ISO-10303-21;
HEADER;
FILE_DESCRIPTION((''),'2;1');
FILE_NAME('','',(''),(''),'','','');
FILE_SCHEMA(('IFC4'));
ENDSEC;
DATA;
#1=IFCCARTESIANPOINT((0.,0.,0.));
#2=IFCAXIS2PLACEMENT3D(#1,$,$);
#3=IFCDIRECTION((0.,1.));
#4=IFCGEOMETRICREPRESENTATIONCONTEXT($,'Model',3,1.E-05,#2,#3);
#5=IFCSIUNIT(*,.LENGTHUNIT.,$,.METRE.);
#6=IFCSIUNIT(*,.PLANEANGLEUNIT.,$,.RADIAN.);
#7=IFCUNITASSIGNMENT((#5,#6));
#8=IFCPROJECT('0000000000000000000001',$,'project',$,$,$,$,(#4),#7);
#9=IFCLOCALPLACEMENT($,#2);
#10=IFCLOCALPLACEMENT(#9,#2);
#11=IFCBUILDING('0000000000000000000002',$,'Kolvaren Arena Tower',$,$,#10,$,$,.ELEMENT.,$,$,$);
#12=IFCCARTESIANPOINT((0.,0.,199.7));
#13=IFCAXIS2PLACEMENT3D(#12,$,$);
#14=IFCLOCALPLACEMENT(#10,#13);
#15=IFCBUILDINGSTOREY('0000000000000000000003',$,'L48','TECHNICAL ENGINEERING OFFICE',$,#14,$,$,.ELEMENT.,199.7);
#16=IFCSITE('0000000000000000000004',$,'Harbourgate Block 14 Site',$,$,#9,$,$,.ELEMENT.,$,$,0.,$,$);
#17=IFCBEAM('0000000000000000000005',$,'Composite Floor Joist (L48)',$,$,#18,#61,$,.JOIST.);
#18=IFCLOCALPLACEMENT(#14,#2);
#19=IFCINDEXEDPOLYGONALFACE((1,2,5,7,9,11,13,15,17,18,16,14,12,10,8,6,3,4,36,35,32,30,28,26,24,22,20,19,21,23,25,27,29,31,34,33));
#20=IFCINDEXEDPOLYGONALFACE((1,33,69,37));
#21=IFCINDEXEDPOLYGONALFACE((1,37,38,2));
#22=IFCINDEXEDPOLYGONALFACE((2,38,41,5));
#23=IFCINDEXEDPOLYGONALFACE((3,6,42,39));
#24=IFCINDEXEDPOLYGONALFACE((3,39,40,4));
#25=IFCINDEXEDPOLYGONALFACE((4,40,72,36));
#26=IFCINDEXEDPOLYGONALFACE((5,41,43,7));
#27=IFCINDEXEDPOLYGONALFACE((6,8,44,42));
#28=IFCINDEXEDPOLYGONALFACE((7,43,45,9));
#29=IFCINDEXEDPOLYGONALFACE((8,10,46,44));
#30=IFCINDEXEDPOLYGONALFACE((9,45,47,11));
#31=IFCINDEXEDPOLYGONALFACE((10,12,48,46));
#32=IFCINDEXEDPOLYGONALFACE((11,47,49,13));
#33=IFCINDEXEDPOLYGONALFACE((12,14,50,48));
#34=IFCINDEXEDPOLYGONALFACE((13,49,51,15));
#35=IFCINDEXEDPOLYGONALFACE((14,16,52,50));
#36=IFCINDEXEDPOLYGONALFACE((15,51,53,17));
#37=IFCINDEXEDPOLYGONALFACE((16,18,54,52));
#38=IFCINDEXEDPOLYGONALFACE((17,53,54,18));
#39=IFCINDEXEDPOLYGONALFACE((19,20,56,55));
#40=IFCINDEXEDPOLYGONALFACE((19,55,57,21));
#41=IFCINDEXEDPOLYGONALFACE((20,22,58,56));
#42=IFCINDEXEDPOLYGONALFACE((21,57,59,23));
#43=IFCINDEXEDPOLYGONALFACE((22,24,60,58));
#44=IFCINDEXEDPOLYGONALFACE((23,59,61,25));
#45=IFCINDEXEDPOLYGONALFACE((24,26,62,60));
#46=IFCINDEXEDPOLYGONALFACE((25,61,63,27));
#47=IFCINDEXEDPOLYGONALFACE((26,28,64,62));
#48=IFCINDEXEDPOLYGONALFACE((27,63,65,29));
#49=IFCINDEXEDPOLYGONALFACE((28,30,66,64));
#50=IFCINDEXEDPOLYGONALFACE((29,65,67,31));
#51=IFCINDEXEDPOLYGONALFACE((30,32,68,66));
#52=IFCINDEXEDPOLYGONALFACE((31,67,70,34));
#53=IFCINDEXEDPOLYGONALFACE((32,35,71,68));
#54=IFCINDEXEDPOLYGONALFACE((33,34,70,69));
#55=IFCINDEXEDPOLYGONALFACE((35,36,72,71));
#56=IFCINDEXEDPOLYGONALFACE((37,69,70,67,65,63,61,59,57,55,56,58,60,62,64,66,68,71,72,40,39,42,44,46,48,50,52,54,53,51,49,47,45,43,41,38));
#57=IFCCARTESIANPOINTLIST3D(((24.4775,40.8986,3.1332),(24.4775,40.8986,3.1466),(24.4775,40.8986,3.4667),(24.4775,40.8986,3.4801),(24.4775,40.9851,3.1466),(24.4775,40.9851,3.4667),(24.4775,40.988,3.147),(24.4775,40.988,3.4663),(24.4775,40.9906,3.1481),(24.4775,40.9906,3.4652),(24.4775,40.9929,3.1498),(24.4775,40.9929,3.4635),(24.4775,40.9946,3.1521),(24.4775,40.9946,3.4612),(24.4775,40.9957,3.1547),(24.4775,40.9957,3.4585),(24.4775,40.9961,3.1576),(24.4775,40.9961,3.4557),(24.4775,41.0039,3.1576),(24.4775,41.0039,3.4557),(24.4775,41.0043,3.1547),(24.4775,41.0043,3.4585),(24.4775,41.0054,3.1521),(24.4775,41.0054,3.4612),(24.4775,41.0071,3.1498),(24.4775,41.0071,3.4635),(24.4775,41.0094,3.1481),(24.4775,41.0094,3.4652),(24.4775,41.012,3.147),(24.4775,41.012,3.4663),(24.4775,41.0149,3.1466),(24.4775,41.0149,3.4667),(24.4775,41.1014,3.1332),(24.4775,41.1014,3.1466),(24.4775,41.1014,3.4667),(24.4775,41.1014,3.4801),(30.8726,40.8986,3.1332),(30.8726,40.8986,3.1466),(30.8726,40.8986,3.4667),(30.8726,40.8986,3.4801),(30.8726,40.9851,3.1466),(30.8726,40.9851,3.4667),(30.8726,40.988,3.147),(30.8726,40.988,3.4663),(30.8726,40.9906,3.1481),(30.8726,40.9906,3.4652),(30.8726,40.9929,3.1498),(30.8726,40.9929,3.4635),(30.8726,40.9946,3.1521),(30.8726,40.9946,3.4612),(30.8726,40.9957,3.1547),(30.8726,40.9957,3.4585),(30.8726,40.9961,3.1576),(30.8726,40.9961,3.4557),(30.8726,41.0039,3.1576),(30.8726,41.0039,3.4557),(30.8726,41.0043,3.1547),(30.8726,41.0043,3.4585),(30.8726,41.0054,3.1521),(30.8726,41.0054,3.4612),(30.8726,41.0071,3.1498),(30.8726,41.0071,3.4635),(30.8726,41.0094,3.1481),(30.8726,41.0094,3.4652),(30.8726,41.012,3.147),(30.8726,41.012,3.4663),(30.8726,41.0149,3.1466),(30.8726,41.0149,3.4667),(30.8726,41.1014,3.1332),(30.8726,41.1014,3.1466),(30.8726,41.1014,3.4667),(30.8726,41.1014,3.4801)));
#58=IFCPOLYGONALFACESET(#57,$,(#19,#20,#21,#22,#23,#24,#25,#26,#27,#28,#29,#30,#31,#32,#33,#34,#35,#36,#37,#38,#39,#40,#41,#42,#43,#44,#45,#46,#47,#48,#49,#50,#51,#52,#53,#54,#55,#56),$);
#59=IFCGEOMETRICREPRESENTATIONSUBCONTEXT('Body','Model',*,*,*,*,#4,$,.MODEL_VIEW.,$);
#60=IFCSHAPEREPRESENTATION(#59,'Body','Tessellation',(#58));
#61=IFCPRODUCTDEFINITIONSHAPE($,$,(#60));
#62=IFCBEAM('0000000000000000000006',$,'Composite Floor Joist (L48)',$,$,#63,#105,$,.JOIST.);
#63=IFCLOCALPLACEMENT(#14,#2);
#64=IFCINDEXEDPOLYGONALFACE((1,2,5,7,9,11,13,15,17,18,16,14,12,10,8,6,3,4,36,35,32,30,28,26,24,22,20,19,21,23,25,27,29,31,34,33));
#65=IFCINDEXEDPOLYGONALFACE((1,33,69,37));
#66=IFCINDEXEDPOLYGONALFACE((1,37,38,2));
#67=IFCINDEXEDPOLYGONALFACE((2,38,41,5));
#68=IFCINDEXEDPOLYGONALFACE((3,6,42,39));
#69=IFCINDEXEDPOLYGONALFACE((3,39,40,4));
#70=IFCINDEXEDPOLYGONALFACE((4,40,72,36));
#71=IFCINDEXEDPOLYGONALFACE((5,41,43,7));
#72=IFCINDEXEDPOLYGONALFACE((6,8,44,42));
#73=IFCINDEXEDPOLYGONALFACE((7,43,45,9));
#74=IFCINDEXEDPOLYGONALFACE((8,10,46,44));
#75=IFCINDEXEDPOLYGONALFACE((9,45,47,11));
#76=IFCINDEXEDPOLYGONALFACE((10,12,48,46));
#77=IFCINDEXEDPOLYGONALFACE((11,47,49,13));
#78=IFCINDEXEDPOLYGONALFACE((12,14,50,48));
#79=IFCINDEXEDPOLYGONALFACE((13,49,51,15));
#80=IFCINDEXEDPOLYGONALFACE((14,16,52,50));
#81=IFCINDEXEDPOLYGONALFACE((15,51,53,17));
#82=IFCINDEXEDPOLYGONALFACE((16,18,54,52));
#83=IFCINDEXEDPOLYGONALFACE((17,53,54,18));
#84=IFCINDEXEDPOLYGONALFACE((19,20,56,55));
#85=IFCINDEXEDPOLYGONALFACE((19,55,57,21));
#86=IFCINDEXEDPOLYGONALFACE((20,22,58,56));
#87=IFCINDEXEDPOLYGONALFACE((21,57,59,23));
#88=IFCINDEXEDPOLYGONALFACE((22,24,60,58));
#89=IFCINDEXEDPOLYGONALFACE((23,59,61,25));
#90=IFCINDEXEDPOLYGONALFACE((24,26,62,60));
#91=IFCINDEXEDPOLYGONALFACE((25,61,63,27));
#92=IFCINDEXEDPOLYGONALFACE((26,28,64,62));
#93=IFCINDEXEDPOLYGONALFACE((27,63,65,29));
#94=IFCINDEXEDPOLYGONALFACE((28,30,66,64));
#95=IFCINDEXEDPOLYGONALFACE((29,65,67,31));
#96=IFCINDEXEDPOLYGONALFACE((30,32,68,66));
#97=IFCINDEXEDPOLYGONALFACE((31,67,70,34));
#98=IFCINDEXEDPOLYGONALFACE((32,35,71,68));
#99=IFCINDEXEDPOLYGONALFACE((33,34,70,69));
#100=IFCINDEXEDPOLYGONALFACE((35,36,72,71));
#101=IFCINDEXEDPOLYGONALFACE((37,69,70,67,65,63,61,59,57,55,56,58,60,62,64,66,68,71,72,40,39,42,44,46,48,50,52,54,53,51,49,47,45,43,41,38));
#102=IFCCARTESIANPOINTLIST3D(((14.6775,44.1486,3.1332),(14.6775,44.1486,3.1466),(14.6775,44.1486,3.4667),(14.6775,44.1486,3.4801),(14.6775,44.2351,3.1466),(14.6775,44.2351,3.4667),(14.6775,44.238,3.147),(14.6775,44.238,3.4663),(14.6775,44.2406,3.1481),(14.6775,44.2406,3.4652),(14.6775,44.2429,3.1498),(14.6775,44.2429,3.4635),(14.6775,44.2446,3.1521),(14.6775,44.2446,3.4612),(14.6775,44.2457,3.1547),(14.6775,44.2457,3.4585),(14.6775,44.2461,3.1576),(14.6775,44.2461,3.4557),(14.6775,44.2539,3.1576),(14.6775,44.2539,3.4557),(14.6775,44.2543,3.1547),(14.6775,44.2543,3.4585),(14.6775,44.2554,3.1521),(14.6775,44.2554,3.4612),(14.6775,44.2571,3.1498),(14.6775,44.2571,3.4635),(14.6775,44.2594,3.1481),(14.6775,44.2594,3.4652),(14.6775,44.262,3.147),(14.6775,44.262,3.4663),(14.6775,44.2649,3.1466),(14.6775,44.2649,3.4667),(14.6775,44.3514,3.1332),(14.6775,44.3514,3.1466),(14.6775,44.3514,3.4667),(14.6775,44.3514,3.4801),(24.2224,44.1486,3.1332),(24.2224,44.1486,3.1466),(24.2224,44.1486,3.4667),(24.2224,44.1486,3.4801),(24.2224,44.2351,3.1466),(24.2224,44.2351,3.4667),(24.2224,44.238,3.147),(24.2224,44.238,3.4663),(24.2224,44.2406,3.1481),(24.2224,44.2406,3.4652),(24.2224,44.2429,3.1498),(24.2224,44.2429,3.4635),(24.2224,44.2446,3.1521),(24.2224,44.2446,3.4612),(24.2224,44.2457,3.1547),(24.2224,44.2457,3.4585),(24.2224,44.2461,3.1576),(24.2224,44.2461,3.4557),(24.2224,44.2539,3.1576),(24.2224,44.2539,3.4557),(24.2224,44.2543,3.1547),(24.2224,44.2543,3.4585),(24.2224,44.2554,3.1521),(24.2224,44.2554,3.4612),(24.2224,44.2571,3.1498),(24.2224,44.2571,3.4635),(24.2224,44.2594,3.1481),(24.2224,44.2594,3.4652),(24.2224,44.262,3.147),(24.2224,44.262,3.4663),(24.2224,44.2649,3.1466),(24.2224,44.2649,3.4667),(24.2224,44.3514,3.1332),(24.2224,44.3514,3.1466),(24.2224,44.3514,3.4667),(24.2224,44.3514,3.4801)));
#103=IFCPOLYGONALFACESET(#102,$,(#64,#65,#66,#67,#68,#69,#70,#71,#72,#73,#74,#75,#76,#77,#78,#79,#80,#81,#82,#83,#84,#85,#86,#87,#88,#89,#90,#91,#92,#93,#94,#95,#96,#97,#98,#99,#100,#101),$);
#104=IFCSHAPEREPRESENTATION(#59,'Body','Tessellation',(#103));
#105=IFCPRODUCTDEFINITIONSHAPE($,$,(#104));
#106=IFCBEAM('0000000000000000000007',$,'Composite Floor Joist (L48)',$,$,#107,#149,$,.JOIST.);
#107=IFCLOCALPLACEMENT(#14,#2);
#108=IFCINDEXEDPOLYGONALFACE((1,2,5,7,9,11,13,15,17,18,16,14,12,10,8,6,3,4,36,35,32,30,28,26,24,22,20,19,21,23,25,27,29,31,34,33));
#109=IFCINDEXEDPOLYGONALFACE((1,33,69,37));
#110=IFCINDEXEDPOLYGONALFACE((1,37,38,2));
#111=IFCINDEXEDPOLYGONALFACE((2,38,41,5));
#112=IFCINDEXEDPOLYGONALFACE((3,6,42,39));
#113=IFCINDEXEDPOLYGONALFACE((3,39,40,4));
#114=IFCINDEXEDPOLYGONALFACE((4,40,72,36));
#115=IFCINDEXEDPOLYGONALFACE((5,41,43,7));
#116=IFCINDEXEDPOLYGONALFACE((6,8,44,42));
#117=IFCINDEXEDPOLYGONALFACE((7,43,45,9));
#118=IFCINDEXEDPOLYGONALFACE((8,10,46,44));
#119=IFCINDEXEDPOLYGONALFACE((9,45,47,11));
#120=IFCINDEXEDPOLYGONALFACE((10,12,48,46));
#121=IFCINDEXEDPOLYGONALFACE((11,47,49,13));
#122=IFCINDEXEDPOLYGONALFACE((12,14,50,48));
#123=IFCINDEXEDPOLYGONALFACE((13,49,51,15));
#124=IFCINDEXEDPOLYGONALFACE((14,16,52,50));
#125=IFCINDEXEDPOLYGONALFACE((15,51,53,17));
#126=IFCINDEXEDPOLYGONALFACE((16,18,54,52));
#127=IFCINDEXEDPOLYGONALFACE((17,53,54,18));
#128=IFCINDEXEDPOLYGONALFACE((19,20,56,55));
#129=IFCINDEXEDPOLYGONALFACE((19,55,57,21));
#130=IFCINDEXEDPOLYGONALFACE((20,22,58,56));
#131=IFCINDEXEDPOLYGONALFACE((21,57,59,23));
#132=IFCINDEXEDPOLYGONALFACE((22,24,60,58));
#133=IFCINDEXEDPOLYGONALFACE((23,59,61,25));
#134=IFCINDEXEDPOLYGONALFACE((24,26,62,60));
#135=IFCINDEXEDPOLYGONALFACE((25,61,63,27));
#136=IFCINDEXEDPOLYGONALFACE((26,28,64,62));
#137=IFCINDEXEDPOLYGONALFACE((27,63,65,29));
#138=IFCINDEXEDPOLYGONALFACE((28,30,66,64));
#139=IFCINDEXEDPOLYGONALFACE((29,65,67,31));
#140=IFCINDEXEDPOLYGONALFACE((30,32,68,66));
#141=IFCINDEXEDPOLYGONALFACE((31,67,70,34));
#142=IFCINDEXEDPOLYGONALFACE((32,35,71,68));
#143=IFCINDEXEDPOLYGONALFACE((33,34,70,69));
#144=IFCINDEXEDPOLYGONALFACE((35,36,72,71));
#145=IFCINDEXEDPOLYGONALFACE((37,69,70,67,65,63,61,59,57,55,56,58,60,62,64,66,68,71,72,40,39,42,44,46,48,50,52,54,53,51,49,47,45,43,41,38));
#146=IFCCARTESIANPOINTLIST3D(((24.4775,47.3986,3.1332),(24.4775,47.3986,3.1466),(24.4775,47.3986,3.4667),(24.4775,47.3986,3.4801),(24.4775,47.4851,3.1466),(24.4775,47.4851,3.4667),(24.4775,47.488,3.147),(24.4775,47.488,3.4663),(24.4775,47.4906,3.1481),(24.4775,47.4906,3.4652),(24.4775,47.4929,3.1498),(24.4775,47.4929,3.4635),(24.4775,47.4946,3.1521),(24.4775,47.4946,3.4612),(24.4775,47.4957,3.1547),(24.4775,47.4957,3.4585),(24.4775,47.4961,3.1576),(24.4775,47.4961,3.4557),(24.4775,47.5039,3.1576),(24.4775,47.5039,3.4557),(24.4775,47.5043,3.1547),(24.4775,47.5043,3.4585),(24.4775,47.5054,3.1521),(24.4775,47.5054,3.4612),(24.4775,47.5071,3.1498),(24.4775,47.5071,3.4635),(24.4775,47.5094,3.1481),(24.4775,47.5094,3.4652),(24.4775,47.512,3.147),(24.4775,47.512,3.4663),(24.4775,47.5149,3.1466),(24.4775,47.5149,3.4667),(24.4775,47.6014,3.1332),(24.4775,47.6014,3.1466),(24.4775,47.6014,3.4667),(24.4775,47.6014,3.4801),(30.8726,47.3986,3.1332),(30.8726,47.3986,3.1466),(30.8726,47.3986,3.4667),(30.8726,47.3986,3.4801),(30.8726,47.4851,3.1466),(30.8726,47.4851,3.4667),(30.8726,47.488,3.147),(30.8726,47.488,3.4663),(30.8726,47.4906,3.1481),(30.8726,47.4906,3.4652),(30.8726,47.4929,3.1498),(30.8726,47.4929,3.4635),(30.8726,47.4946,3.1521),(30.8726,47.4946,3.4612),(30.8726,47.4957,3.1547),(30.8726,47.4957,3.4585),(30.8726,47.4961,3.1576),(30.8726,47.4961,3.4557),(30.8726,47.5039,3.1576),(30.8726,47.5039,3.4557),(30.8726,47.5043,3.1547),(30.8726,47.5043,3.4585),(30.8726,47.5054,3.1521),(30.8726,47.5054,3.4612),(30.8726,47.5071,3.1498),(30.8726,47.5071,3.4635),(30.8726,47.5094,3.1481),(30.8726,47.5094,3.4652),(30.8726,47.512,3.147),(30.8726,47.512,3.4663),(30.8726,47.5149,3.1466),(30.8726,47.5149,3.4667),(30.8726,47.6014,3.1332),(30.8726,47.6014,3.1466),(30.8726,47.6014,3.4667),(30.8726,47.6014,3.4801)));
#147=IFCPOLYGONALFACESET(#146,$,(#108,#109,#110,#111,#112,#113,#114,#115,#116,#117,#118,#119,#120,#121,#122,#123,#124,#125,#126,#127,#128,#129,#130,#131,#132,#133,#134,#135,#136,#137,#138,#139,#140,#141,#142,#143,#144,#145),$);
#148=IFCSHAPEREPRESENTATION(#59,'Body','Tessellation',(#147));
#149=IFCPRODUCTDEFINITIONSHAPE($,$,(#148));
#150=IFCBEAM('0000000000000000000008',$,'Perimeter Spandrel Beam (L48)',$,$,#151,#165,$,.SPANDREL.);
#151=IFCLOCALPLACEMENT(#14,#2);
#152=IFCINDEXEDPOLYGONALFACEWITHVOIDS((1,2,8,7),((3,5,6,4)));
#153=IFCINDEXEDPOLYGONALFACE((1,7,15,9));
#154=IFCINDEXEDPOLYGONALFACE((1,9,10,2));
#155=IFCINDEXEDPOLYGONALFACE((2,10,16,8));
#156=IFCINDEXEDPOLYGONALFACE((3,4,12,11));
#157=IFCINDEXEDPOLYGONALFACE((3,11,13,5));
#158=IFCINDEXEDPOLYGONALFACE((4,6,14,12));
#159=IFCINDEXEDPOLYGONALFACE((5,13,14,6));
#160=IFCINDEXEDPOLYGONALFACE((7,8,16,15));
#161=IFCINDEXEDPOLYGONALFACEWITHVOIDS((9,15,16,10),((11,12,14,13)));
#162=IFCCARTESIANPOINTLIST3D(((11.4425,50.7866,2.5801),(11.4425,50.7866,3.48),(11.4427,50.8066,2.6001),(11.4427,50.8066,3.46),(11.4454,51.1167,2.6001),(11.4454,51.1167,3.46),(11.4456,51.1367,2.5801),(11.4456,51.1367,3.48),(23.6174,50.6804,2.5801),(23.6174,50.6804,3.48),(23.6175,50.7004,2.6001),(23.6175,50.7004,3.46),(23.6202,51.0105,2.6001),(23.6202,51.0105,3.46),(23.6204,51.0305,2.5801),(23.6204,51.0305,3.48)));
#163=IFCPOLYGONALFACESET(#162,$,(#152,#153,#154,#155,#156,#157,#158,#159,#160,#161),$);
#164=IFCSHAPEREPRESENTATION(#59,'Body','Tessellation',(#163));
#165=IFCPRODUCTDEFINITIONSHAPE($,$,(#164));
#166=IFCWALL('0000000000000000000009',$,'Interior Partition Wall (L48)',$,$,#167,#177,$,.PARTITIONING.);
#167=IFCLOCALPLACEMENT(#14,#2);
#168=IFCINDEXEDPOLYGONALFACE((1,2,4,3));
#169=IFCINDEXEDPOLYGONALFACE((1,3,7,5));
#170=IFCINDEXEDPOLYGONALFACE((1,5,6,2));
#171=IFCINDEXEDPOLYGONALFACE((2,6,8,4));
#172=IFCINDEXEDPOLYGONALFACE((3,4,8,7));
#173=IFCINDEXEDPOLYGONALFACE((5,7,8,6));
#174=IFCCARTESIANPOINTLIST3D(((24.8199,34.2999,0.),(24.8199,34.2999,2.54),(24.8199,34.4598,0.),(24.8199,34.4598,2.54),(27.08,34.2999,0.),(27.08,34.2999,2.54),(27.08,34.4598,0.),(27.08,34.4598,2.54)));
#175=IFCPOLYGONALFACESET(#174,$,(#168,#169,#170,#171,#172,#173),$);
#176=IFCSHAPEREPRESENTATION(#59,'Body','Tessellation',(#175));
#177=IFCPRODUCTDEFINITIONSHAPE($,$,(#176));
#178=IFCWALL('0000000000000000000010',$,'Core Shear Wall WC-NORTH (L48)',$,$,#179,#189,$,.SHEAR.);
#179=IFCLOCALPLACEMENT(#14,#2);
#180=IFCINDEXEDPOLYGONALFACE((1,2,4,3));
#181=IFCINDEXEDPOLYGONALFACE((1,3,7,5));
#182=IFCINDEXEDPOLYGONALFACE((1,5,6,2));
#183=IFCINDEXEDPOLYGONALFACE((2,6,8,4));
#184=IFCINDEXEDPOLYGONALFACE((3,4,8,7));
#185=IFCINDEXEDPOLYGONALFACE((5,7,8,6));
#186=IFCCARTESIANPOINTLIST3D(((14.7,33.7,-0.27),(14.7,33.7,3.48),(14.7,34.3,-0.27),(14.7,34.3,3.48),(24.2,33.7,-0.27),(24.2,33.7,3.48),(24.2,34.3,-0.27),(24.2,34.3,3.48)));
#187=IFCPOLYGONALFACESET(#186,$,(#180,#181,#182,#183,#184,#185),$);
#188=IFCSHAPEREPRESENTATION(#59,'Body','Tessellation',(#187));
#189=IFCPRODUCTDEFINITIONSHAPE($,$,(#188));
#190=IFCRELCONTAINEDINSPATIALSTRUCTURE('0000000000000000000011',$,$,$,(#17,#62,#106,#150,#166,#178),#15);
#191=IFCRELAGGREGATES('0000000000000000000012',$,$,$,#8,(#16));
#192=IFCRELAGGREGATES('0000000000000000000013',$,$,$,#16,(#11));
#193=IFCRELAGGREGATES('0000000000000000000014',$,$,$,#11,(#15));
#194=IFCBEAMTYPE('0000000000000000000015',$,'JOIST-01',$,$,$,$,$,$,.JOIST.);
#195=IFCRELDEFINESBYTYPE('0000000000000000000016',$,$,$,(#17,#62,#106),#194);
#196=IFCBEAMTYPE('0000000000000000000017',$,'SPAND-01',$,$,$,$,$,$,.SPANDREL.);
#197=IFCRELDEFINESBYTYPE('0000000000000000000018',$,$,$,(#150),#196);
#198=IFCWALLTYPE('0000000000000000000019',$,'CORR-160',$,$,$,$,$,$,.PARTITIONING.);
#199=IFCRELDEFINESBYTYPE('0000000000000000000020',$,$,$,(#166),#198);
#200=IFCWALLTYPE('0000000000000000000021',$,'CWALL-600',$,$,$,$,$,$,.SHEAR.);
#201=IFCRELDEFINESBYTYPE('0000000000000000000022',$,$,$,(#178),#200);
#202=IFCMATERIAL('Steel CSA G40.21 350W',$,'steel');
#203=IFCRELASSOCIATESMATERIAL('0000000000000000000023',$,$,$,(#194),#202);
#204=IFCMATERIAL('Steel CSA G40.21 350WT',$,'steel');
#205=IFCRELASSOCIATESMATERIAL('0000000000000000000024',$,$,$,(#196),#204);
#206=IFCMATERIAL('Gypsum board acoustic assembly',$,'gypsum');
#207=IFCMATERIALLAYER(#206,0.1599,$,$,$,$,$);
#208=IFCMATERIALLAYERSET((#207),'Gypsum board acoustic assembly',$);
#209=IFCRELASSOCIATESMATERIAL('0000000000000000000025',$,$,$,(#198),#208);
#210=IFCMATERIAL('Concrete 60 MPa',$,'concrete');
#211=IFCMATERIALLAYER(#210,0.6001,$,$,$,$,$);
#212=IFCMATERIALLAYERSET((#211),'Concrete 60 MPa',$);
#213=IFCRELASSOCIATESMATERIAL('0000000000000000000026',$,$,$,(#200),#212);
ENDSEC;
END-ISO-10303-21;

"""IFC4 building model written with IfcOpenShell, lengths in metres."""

from ifc_helpers import new_model, si_unit, direction, frame, frame_2d, origin, origin_2d, place, context, subcontext, project, spatial, rectangle, hollow_rectangle, i_section, extrude, material, layer, layer_set, material_profile, profile_set, type_object, element, save


model = new_model("IFC4")

# Units and contexts
model_context = context("Model", 3, precision=1e-05, world=origin(), true_north=direction((0.0, 1.0)))
body_context = subcontext(model_context, "Body", "Model", "MODEL_VIEW")
ifc_project = project(units=[si_unit("LENGTHUNIT", "METRE"), si_unit("PLANEANGLEUNIT", "RADIAN")], contexts=[model_context])

# Site, building, storey
site_placement = place(None, origin())
site = spatial("IfcSite", under=ifc_project, at=site_placement, Name="Harbourgate Block 14 Site", CompositionType="ELEMENT", RefElevation=0.0)
building_placement = place(site_placement, origin())
building = spatial("IfcBuilding", under=site, at=building_placement, Name="Kolvaren Arena Tower", CompositionType="ELEMENT")
storey_placement = place(building_placement, frame((0.0, 0.0, 199.7)))
storey = spatial("IfcBuildingStorey", under=building, at=storey_placement, Name="L48", Description="TECHNICAL ENGINEERING OFFICE", CompositionType="ELEMENT", Elevation=199.7)

# Beams
ifc_material_1 = material(Name="Steel CSA G40.21 350W", Category="steel")
ifc_material_profile_1 = material_profile(ifc_material_1, i_section(OverallWidth=0.2029, OverallDepth=0.3469, WebThickness=0.0078, FlangeThickness=0.0134, FilletRadius=0.011, at=origin_2d()), Name="W360x64")
ifc_profile_set_1 = profile_set([ifc_material_profile_1], Name="Steel CSA G40.21 350W")
beam_type_1 = type_object("IfcBeamType", Name="JOIST-01", PredefinedType="JOIST", material=ifc_profile_set_1)
beam_1_placement = place(storey_placement, frame((24.4775, 41.0, 3.3066), z_axis=(1.0, 0.0, 0.0), x_axis=(0.0, 1.0, 0.0)))
element("IfcBeam", 1, at=beam_1_placement, inside=storey, type_object=beam_type_1, Name="Composite Floor Joist (L48)", PredefinedType="JOIST", context=body_context, shape_type="SweptSolid", body=[
    extrude(i_section(OverallWidth=0.2029, OverallDepth=0.3469, WebThickness=0.0078, FlangeThickness=0.0134, FilletRadius=0.011, at=origin_2d()), origin(), (0.0, 0.0, 1.0), 6.395),
])
beam_2_placement = place(storey_placement, frame((14.6775, 44.25, 3.3066), z_axis=(1.0, 0.0, 0.0), x_axis=(0.0, 1.0, 0.0)))
element("IfcBeam", 2, at=beam_2_placement, inside=storey, type_object=beam_type_1, Name="Composite Floor Joist (L48)", PredefinedType="JOIST", context=body_context, shape_type="SweptSolid", body=[
    extrude(i_section(OverallWidth=0.2029, OverallDepth=0.3469, WebThickness=0.0078, FlangeThickness=0.0134, FilletRadius=0.011, at=origin_2d()), origin(), (0.0, 0.0, 1.0), 9.5449),
])
beam_3_placement = place(storey_placement, frame((24.4775, 47.5, 3.3066), z_axis=(1.0, 0.0, 0.0), x_axis=(0.0, 1.0, 0.0)))
element("IfcBeam", 3, at=beam_3_placement, inside=storey, type_object=beam_type_1, Name="Composite Floor Joist (L48)", PredefinedType="JOIST", context=body_context, shape_type="SweptSolid", body=[
    extrude(i_section(OverallWidth=0.2029, OverallDepth=0.3469, WebThickness=0.0078, FlangeThickness=0.0134, FilletRadius=0.011, at=origin_2d()), origin(), (0.0, 0.0, 1.0), 6.395),
])
ifc_material_2 = material(Name="Steel CSA G40.21 350WT", Category="steel")
ifc_material_profile_2 = material_profile(ifc_material_2, hollow_rectangle(XDim=0.3501, YDim=0.8999, WallThickness=0.02, at=origin_2d()), Name="HSS 900x350x20")
ifc_profile_set_2 = profile_set([ifc_material_profile_2], Name="Steel CSA G40.21 350WT")
beam_type_2 = type_object("IfcBeamType", Name="SPAND-01", PredefinedType="SPANDREL", material=ifc_profile_set_2)
beam_4_placement = place(storey_placement, frame((23.6189, 50.8555, 3.03), z_axis=(-0.999962, 0.008723, 0.0), x_axis=(-0.008723, -0.999962, 0.0)))
element("IfcBeam", 4, at=beam_4_placement, inside=storey, type_object=beam_type_2, Name="Perimeter Spandrel Beam (L48)", PredefinedType="SPANDREL", context=body_context, shape_type="SweptSolid", body=[
    extrude(hollow_rectangle(XDim=0.3501, YDim=0.8999, WallThickness=0.02, at=origin_2d()), origin(), (0.0, 0.0, 1.0), 12.1753),
])

# Walls
ifc_material_3 = material(Name="Gypsum board acoustic assembly", Category="gypsum")
ifc_layer_1 = layer(ifc_material_3, 0.1599)
ifc_layer_set_1 = layer_set([ifc_layer_1], Name="Gypsum board acoustic assembly")
wall_type_1 = type_object("IfcWallType", Name="CORR-160", PredefinedType="PARTITIONING", material=ifc_layer_set_1)
wall_1_placement = place(storey_placement, frame((24.8201, 34.3799, 0.0), z_axis=(0.0, 0.0, 1.0), x_axis=(1.0, 0.0, 0.0)))
element("IfcWall", 5, at=wall_1_placement, inside=storey, type_object=wall_type_1, Name="Interior Partition Wall (L48)", PredefinedType="PARTITIONING", context=body_context, shape_type="SweptSolid", body=[
    extrude(rectangle(XDim=2.26, YDim=0.1599, at=frame_2d((1.1299, 0.0))), origin(), (0.0, 0.0, 1.0), 2.54),
])
ifc_material_4 = material(Name="Concrete 60 MPa", Category="concrete")
ifc_layer_2 = layer(ifc_material_4, 0.6001)
ifc_layer_set_2 = layer_set([ifc_layer_2], Name="Concrete 60 MPa")
wall_type_2 = type_object("IfcWallType", Name="CWALL-600", PredefinedType="SHEAR", material=ifc_layer_set_2)
wall_2_placement = place(storey_placement, frame((14.7, 34.0, -0.27), z_axis=(0.0, 0.0, 1.0), x_axis=(1.0, 0.0, 0.0)))
element("IfcWall", 6, at=wall_2_placement, inside=storey, type_object=wall_type_2, Name="Core Shear Wall WC-NORTH (L48)", PredefinedType="SHEAR", context=body_context, shape_type="SweptSolid", body=[
    extrude(rectangle(XDim=9.5, YDim=0.6001, at=frame_2d((4.75, 0.0))), origin(), (0.0, 0.0, 1.0), 3.75),
])

save(model, "model.ifc")
